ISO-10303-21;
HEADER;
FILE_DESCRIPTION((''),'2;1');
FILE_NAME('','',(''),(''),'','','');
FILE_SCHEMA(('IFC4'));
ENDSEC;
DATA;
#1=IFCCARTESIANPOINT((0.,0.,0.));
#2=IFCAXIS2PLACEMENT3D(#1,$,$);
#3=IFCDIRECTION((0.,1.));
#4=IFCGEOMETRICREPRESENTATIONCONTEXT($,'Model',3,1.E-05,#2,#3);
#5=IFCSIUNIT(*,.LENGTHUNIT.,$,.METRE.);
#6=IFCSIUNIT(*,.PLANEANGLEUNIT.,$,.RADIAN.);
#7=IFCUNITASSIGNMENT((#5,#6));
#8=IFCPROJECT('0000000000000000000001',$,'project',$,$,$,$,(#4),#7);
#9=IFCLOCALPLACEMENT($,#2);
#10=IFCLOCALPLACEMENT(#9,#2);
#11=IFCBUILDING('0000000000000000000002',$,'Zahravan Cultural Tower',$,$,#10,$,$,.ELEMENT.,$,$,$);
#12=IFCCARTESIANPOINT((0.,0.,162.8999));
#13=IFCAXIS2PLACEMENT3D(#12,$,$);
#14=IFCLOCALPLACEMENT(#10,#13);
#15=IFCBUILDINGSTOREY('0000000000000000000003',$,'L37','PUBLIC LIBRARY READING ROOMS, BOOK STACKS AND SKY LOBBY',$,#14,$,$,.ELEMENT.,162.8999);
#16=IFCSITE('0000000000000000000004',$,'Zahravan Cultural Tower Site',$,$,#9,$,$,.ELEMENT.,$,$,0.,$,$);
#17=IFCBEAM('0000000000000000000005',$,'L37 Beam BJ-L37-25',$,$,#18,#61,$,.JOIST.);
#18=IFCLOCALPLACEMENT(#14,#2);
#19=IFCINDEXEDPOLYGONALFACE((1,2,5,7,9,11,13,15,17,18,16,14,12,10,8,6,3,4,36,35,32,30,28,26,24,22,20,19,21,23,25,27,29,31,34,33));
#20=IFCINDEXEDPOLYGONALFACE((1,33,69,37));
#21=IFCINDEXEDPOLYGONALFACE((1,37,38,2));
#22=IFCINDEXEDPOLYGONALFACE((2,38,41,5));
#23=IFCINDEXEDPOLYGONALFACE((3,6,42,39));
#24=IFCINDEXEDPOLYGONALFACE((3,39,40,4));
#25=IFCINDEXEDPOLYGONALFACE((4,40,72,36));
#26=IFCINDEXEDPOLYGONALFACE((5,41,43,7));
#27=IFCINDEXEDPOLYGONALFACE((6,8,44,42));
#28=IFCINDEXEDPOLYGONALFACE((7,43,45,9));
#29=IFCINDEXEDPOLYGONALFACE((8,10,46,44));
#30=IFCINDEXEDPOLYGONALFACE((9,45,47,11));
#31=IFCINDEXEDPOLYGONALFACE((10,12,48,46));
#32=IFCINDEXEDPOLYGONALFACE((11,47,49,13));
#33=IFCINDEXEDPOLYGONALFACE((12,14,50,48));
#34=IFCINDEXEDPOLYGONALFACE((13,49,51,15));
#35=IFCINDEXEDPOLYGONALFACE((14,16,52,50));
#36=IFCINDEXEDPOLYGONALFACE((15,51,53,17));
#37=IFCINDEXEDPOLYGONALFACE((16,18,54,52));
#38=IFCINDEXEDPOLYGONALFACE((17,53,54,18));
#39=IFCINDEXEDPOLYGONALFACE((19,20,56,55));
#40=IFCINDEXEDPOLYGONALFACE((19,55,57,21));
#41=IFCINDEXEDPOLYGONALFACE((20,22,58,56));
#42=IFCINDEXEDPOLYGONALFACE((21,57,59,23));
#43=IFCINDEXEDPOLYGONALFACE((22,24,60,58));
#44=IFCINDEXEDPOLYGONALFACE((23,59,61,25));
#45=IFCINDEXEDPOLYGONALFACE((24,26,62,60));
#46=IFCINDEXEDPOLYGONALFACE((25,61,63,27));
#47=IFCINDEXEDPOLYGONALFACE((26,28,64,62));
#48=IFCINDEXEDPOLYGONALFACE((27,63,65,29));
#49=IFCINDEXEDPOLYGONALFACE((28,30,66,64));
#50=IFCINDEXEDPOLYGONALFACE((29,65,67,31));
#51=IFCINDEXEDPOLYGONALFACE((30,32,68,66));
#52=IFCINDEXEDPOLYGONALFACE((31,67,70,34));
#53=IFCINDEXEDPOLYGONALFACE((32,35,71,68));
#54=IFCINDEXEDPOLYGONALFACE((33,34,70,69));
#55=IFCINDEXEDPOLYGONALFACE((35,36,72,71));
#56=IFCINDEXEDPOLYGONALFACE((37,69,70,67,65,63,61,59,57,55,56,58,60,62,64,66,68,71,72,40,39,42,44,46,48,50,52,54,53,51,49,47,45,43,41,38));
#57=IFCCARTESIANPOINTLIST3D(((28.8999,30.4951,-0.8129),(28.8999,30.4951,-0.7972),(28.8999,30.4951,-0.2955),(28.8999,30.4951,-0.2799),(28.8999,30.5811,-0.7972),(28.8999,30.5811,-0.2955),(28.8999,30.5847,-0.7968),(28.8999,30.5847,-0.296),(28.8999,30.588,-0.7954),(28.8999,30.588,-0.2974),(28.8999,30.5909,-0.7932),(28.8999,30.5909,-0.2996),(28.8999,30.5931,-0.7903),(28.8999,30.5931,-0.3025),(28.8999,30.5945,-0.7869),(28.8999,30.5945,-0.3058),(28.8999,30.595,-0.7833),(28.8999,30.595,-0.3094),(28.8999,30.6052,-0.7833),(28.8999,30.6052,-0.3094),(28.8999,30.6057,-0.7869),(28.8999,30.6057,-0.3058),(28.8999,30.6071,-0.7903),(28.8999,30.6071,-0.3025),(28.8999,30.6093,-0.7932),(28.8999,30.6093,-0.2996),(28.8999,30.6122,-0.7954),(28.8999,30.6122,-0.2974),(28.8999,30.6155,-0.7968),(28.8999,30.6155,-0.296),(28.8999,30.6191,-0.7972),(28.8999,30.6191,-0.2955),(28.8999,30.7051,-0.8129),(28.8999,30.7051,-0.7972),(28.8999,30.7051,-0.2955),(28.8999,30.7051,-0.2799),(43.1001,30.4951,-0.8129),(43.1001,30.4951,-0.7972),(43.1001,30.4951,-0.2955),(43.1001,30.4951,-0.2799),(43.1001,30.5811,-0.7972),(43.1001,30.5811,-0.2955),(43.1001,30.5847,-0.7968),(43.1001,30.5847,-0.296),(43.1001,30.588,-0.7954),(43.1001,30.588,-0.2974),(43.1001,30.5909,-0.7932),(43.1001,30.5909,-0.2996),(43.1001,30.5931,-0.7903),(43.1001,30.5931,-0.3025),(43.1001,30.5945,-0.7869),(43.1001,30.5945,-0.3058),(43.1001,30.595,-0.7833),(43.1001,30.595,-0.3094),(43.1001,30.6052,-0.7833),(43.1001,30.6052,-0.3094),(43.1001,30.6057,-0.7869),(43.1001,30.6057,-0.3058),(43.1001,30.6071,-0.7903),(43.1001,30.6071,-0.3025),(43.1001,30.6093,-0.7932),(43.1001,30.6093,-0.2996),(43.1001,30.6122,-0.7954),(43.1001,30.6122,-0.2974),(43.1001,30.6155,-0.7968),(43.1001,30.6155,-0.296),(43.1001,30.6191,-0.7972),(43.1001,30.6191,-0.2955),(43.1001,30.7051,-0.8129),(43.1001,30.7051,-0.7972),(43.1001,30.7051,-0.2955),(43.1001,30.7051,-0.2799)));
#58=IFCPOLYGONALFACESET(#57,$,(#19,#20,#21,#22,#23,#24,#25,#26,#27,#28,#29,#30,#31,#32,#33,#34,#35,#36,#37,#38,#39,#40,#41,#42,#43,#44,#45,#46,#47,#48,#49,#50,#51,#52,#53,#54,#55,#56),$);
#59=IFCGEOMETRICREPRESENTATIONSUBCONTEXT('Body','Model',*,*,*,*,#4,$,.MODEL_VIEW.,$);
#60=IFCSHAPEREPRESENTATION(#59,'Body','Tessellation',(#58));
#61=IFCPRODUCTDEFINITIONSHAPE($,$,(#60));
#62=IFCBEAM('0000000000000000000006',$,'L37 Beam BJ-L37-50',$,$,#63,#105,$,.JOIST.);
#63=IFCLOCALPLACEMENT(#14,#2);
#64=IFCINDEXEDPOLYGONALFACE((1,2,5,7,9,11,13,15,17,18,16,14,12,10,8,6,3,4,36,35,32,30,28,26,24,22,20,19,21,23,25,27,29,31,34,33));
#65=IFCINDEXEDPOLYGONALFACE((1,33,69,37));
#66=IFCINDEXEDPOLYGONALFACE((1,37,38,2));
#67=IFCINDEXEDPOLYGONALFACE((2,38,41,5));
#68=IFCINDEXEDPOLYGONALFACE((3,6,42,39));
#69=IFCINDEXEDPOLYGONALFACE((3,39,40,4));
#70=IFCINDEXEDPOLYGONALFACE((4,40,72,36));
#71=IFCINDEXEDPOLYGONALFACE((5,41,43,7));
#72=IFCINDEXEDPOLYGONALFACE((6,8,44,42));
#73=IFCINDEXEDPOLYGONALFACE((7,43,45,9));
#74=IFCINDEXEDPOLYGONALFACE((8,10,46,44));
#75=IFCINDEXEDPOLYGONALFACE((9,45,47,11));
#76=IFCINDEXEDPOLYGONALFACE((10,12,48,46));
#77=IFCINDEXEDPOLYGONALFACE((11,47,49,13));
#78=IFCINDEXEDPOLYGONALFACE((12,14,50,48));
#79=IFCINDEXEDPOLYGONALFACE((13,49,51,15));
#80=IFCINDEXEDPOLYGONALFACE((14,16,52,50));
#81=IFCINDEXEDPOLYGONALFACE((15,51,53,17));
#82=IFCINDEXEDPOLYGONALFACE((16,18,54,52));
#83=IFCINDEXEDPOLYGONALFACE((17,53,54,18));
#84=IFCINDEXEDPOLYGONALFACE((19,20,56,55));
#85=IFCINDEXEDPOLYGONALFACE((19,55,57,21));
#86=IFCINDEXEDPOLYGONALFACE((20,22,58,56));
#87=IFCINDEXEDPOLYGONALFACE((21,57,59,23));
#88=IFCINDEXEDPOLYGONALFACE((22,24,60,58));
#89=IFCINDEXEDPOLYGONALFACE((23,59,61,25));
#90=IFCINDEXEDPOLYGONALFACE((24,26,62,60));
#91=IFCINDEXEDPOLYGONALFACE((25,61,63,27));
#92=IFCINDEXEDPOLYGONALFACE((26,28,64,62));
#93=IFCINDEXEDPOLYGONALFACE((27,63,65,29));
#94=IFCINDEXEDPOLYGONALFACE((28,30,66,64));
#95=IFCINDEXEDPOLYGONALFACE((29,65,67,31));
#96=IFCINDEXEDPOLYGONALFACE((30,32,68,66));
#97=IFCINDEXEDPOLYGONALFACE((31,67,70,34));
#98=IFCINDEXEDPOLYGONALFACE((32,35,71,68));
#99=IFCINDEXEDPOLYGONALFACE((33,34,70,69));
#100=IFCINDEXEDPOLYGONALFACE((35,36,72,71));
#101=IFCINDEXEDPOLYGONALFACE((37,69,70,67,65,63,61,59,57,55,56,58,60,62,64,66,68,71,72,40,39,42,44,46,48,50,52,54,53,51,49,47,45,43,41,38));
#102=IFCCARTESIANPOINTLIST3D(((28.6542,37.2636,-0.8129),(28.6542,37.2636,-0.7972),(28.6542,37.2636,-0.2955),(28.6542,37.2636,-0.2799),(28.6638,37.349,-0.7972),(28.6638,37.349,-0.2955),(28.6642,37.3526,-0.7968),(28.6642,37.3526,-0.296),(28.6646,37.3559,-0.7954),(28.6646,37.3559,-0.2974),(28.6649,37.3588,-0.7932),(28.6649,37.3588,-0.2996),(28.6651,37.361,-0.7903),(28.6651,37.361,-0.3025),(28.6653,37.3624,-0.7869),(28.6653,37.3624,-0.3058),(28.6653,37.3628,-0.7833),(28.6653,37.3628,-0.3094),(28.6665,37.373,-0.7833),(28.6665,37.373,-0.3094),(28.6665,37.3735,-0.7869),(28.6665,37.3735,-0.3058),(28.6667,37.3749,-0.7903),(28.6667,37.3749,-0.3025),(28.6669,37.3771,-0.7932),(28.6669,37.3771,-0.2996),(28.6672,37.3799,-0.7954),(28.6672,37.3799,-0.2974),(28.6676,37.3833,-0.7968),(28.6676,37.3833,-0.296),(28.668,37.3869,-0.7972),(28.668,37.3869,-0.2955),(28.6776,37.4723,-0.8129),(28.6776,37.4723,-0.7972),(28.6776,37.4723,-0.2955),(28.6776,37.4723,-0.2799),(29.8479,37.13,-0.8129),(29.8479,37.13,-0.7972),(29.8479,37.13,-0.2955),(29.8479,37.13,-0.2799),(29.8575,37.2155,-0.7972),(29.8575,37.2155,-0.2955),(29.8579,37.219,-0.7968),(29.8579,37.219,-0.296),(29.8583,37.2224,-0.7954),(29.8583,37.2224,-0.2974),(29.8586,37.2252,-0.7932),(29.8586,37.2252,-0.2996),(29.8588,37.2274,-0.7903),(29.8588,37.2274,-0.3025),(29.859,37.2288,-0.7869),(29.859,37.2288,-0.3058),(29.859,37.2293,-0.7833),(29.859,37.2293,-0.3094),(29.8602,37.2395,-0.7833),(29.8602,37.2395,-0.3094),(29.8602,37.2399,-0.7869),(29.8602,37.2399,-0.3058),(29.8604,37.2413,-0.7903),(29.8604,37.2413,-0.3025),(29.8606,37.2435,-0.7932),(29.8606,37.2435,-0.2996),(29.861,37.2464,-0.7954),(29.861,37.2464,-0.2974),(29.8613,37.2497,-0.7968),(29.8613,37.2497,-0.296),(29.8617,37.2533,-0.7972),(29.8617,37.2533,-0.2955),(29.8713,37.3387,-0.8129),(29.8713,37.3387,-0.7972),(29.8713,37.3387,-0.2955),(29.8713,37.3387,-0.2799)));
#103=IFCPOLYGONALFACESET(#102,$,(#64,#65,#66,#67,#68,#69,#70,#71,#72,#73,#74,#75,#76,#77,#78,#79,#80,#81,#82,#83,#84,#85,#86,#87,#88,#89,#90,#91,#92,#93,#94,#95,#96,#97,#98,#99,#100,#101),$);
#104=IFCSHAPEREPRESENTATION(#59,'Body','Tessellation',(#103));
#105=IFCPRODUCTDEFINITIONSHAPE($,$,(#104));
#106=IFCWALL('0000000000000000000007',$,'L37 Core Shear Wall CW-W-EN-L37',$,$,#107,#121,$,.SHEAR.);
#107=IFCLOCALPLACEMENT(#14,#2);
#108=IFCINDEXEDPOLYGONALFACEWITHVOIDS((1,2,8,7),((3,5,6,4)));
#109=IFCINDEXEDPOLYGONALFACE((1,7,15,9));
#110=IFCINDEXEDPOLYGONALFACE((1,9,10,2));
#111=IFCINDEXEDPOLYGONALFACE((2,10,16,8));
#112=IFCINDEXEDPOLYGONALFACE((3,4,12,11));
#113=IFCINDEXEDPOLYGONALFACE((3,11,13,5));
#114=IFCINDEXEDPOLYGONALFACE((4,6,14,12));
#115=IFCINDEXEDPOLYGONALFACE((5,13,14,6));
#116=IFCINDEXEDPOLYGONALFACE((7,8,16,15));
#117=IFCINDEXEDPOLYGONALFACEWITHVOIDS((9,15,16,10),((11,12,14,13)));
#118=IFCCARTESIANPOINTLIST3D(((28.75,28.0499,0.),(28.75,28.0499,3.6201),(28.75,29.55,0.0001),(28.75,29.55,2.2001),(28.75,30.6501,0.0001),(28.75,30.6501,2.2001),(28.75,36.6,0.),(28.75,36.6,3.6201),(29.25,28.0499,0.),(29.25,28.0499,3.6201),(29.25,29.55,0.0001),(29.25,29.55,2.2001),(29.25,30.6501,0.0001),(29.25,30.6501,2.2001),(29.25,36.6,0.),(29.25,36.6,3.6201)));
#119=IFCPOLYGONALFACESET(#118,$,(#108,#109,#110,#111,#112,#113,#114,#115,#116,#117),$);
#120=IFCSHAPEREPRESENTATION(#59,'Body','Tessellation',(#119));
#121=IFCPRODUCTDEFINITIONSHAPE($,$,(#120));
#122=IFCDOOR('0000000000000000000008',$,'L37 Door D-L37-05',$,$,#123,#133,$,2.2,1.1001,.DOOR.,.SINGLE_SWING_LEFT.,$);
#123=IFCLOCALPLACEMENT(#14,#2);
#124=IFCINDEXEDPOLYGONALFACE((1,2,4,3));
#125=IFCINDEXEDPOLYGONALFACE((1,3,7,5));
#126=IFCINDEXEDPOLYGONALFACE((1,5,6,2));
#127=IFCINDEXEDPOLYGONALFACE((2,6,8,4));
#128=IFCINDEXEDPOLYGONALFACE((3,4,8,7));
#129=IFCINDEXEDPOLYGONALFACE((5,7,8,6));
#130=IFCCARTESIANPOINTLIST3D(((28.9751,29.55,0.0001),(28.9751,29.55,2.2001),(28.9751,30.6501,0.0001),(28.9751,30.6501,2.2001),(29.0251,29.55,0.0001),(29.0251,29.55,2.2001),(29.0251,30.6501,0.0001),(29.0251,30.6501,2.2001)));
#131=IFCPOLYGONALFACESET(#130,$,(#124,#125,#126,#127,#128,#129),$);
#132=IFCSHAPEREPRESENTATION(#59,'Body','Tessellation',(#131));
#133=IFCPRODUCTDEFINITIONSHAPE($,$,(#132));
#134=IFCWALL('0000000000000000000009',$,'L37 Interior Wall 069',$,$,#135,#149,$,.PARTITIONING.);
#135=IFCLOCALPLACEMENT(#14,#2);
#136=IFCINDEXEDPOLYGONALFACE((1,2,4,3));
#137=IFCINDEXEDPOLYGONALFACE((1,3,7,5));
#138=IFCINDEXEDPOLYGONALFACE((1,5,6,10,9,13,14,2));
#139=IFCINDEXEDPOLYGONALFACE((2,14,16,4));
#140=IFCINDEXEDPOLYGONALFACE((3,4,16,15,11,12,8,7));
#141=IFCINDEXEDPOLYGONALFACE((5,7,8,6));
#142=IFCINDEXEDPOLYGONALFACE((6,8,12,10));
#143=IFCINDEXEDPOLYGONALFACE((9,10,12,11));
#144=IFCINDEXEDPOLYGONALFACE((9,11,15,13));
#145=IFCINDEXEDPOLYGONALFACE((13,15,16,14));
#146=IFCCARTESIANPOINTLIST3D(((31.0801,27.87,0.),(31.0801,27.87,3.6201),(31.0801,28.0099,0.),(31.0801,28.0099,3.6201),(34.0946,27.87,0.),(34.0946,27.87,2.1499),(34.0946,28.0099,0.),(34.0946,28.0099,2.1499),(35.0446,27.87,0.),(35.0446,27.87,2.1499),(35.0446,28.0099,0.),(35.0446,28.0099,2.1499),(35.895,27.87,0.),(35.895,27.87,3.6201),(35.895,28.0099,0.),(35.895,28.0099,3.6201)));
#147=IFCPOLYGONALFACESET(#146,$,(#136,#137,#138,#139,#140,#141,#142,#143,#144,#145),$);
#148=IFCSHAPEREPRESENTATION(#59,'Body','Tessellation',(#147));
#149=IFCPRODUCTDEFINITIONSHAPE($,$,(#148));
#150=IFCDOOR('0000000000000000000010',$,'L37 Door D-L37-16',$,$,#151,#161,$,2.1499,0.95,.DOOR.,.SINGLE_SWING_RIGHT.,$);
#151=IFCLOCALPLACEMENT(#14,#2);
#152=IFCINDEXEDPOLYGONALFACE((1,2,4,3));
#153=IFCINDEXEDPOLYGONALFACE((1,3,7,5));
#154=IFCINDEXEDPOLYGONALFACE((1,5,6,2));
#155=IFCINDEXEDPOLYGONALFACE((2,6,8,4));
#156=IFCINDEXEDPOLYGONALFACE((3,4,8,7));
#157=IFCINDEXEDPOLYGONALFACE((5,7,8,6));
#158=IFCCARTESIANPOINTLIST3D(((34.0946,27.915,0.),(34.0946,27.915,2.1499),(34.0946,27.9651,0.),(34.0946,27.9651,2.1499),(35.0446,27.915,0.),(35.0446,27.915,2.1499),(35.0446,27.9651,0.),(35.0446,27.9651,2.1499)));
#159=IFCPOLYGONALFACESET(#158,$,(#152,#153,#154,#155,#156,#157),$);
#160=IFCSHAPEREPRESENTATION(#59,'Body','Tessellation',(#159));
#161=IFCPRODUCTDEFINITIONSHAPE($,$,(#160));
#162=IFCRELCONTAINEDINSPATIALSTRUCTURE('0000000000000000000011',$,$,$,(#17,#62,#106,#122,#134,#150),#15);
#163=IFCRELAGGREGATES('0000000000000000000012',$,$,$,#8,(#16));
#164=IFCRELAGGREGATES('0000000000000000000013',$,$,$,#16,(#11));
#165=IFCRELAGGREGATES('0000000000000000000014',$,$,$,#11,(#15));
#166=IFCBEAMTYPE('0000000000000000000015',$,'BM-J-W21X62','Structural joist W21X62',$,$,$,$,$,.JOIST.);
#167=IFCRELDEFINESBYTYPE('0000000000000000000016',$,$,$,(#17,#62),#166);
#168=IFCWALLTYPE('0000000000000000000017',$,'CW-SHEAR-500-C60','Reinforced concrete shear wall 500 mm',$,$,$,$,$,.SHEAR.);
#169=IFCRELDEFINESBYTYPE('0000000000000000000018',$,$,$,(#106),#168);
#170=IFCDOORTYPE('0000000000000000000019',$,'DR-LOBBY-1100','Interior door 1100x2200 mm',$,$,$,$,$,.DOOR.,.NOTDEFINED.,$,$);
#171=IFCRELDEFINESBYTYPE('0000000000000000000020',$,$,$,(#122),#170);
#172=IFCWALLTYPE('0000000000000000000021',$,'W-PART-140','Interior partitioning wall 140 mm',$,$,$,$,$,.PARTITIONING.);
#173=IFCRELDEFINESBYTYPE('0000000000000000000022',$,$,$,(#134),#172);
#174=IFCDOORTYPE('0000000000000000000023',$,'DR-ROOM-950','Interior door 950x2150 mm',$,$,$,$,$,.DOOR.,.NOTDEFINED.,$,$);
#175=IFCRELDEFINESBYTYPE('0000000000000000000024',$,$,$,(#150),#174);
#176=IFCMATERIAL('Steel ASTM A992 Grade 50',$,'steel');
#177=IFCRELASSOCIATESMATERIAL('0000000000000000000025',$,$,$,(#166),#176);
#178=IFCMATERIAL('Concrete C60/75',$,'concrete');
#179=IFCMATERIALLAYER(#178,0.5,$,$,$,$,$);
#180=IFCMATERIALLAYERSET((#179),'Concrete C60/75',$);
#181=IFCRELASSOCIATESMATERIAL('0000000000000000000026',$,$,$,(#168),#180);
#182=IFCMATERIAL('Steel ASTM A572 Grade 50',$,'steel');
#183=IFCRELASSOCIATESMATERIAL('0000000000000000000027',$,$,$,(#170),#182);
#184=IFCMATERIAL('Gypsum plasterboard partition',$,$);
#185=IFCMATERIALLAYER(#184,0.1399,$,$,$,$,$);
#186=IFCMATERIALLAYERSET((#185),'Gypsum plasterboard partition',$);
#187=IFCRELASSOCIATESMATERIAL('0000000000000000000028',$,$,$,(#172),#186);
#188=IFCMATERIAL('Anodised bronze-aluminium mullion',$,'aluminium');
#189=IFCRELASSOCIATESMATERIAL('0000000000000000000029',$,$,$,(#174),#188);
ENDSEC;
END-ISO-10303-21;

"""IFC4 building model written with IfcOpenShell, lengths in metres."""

from ifc_helpers import new_model, si_unit, direction, frame, frame_2d, origin, origin_2d, place, context, subcontext, project, spatial, rectangle, i_section, extrude, source, transform, mapped, material, layer, layer_set, material_profile, profile_set, type_object, element, fill, save


model = new_model("IFC4")

# Units and contexts
model_context = context("Model", 3, precision=1e-05, world=origin(), true_north=direction((0.0, 1.0)))
body_context = subcontext(model_context, "Body", "Model", "MODEL_VIEW")
ifc_project = project(units=[si_unit("LENGTHUNIT", "METRE"), si_unit("PLANEANGLEUNIT", "RADIAN")], contexts=[model_context])

# Site, building, storey
site_placement = place(None, origin())
site = spatial("IfcSite", under=ifc_project, at=site_placement, Name="Zahravan Cultural Tower Site", CompositionType="ELEMENT", RefElevation=0.0)
building_placement = place(site_placement, origin())
building = spatial("IfcBuilding", under=site, at=building_placement, Name="Zahravan Cultural Tower", CompositionType="ELEMENT")
storey_placement = place(building_placement, frame((0.0, 0.0, 162.8999)))
storey = spatial("IfcBuildingStorey", under=building, at=storey_placement, Name="L37", Description="PUBLIC LIBRARY READING ROOMS, BOOK STACKS AND SKY LOBBY", CompositionType="ELEMENT", Elevation=162.8999)

# Beams
ifc_material_1 = material(Name="Steel ASTM A992 Grade 50", Category="steel")
ifc_material_profile_1 = material_profile(ifc_material_1, i_section(OverallWidth=0.21, OverallDepth=0.533, WebThickness=0.0103, FlangeThickness=0.0156, FilletRadius=0.0139, at=origin_2d()), Name="W21X62")
ifc_profile_set_1 = profile_set([ifc_material_profile_1], Name="Steel ASTM A992 Grade 50")
beam_type_1 = type_object("IfcBeamType", Name="BM-J-W21X62", Description="Structural joist W21X62", PredefinedType="JOIST", material=ifc_profile_set_1)
shared_shape_1 = source(origin(), body_context, "Body", "SweptSolid", [
    extrude(i_section(OverallWidth=0.21, OverallDepth=0.533, WebThickness=0.0103, FlangeThickness=0.0156, FilletRadius=0.0139, at=origin_2d()), origin(), (0.0, 0.0, 1.0), 14.2002),
])
for number, where, z_axis, x_axis, name in (
    (1, (28.8999, 30.6001, -0.5464), (1.0, 0.0, 0.0), (0.0, 1.0, 0.0), "L37 Beam BJ-L37-25"),
):
    element("IfcBeam", number, at=place(storey_placement, frame(where, z_axis=z_axis, x_axis=x_axis)), inside=storey, type_object=beam_type_1, Name=name, PredefinedType="JOIST", context=body_context, shape_type="MappedRepresentation", body=[
        mapped(shared_shape_1, transform((0.0, 0.0, 0.0), x_axis=(1.0, 0.0, 0.0), y_axis=(0.0, 1.0, 0.0), z_axis=(0.0, 0.0, 1.0), scale=1.0)),
    ])
shared_shape_2 = source(origin(), body_context, "Body", "SweptSolid", [
    extrude(i_section(OverallWidth=0.21, OverallDepth=0.533, WebThickness=0.0103, FlangeThickness=0.0156, FilletRadius=0.0139, at=origin_2d()), origin(), (0.0, 0.0, 1.0), 1.2012),
])
beam_1_placement = place(storey_placement, frame((29.8596, 37.2344, -0.5464), z_axis=(-0.993799, 0.11119, 0.0), x_axis=(-0.11119, -0.993799, 0.0)))
element("IfcBeam", 2, at=beam_1_placement, inside=storey, type_object=beam_type_1, Name="L37 Beam BJ-L37-50", PredefinedType="JOIST", context=body_context, shape_type="MappedRepresentation", body=[
    mapped(shared_shape_2, transform((0.0, 0.0, 0.0), x_axis=(1.0, 0.0, 0.0), y_axis=(0.0, 1.0, 0.0), z_axis=(0.0, 0.0, 1.0), scale=1.0)),
])

# Walls, openings, doors
ifc_material_2 = material(Name="Concrete C60/75", Category="concrete")
ifc_layer_1 = layer(ifc_material_2, 0.5)
ifc_layer_set_1 = layer_set([ifc_layer_1], Name="Concrete C60/75")
wall_type_1 = type_object("IfcWallType", Name="CW-SHEAR-500-C60", Description="Reinforced concrete shear wall 500 mm", PredefinedType="SHEAR", material=ifc_layer_set_1)
wall_1_placement = place(storey_placement, frame((29.0, 28.05, 0.0), z_axis=(0.0, 0.0, 1.0), x_axis=(0.0, 1.0, 0.0)))
wall_1 = element("IfcWall", 3, at=wall_1_placement, inside=storey, type_object=wall_type_1, Name="L37 Core Shear Wall CW-W-EN-L37", PredefinedType="SHEAR", context=body_context, shape_type="SweptSolid", body=[
    extrude(rectangle(XDim=8.55, YDim=0.5, at=frame_2d((4.2749, 0.0))), origin(), (0.0, 0.0, 1.0), 3.6201),
])
opening_1_placement = place(wall_1_placement, frame((1.5, 0.0, 0.0)))
opening_1 = element("IfcOpeningElement", 4, at=opening_1_placement, cuts=wall_1, PredefinedType="OPENING", context=body_context, shape_type="SweptSolid", body=[
    extrude(rectangle(XDim=1.1001, YDim=2.2, at=frame_2d((0.55, 1.1001))), frame((0.0, 0.26, 0.0), z_axis=(0.0, -1.0, 0.0), x_axis=(1.0, 0.0, 0.0)), (0.0, 0.0, 1.0), 0.52),
])
ifc_material_3 = material(Name="Steel ASTM A572 Grade 50", Category="steel")
door_type_1 = type_object("IfcDoorType", Name="DR-LOBBY-1100", Description="Interior door 1100x2200 mm", OperationType="NOTDEFINED", PredefinedType="DOOR", material=ifc_material_3)
shared_shape_3 = source(origin(), body_context, "Body", "SweptSolid", [
    extrude(rectangle(XDim=1.1001, YDim=2.2, at=frame_2d((0.55, 1.1001))), frame((0.0, 0.0249, 0.0), z_axis=(0.0, -1.0, 0.0), x_axis=(1.0, 0.0, 0.0)), (0.0, 0.0, 1.0), 0.05),
])
door_1_placement = place(opening_1_placement, origin())
door_1 = element("IfcDoor", 5, at=door_1_placement, inside=storey, type_object=door_type_1, Name="L37 Door D-L37-05", OperationType="SINGLE_SWING_LEFT", OverallHeight=2.2, OverallWidth=1.1001, PredefinedType="DOOR", context=body_context, shape_type="MappedRepresentation", body=[
    mapped(shared_shape_3, transform((0.0, 0.0, 0.0), x_axis=(1.0, 0.0, 0.0), y_axis=(0.0, 1.0, 0.0), z_axis=(0.0, 0.0, 1.0), scale=1.0)),
])
fill(opening_1, door_1)
ifc_material_4 = material(Name="Gypsum plasterboard partition")
ifc_layer_2 = layer(ifc_material_4, 0.1399)
ifc_layer_set_2 = layer_set([ifc_layer_2], Name="Gypsum plasterboard partition")
wall_type_2 = type_object("IfcWallType", Name="W-PART-140", Description="Interior partitioning wall 140 mm", PredefinedType="PARTITIONING", material=ifc_layer_set_2)
wall_2_placement = place(storey_placement, frame((35.895, 27.9399, 0.0), z_axis=(0.0, 0.0, 1.0), x_axis=(-1.0, 0.0, 0.0)))
wall_2 = element("IfcWall", 6, at=wall_2_placement, inside=storey, type_object=wall_type_2, Name="L37 Interior Wall 069", PredefinedType="PARTITIONING", context=body_context, shape_type="SweptSolid", body=[
    extrude(rectangle(XDim=4.8149, YDim=0.1399, at=frame_2d((2.4075, 0.0))), origin(), (0.0, 0.0, 1.0), 3.6201),
])
opening_2_placement = place(wall_2_placement, frame((0.8503, 0.0, 0.0)))
opening_2 = element("IfcOpeningElement", 7, at=opening_2_placement, cuts=wall_2, PredefinedType="OPENING", context=body_context, shape_type="SweptSolid", body=[
    extrude(rectangle(XDim=0.95, YDim=2.1499, at=frame_2d((0.4751, 1.075))), frame((0.0, 0.0798, 0.0), z_axis=(0.0, -1.0, 0.0), x_axis=(1.0, 0.0, 0.0)), (0.0, 0.0, 1.0), 0.1599),
])
ifc_material_5 = material(Name="Anodised bronze-aluminium mullion", Category="aluminium")
door_type_2 = type_object("IfcDoorType", Name="DR-ROOM-950", Description="Interior door 950x2150 mm", OperationType="NOTDEFINED", PredefinedType="DOOR", material=ifc_material_5)
shared_shape_4 = source(origin(), body_context, "Body", "SweptSolid", [
    extrude(rectangle(XDim=0.95, YDim=2.1499, at=frame_2d((0.4751, 1.075))), frame((0.0, 0.0249, 0.0), z_axis=(0.0, -1.0, 0.0), x_axis=(1.0, 0.0, 0.0)), (0.0, 0.0, 1.0), 0.05),
])
door_2_placement = place(opening_2_placement, origin())
door_2 = element("IfcDoor", 8, at=door_2_placement, inside=storey, type_object=door_type_2, Name="L37 Door D-L37-16", OperationType="SINGLE_SWING_RIGHT", OverallHeight=2.1499, OverallWidth=0.95, PredefinedType="DOOR", context=body_context, shape_type="MappedRepresentation", body=[
    mapped(shared_shape_4, transform((0.0, 0.0, 0.0), x_axis=(1.0, 0.0, 0.0), y_axis=(0.0, 1.0, 0.0), z_axis=(0.0, 0.0, 1.0), scale=1.0)),
])
fill(opening_2, door_2)

save(model, "model.ifc")
